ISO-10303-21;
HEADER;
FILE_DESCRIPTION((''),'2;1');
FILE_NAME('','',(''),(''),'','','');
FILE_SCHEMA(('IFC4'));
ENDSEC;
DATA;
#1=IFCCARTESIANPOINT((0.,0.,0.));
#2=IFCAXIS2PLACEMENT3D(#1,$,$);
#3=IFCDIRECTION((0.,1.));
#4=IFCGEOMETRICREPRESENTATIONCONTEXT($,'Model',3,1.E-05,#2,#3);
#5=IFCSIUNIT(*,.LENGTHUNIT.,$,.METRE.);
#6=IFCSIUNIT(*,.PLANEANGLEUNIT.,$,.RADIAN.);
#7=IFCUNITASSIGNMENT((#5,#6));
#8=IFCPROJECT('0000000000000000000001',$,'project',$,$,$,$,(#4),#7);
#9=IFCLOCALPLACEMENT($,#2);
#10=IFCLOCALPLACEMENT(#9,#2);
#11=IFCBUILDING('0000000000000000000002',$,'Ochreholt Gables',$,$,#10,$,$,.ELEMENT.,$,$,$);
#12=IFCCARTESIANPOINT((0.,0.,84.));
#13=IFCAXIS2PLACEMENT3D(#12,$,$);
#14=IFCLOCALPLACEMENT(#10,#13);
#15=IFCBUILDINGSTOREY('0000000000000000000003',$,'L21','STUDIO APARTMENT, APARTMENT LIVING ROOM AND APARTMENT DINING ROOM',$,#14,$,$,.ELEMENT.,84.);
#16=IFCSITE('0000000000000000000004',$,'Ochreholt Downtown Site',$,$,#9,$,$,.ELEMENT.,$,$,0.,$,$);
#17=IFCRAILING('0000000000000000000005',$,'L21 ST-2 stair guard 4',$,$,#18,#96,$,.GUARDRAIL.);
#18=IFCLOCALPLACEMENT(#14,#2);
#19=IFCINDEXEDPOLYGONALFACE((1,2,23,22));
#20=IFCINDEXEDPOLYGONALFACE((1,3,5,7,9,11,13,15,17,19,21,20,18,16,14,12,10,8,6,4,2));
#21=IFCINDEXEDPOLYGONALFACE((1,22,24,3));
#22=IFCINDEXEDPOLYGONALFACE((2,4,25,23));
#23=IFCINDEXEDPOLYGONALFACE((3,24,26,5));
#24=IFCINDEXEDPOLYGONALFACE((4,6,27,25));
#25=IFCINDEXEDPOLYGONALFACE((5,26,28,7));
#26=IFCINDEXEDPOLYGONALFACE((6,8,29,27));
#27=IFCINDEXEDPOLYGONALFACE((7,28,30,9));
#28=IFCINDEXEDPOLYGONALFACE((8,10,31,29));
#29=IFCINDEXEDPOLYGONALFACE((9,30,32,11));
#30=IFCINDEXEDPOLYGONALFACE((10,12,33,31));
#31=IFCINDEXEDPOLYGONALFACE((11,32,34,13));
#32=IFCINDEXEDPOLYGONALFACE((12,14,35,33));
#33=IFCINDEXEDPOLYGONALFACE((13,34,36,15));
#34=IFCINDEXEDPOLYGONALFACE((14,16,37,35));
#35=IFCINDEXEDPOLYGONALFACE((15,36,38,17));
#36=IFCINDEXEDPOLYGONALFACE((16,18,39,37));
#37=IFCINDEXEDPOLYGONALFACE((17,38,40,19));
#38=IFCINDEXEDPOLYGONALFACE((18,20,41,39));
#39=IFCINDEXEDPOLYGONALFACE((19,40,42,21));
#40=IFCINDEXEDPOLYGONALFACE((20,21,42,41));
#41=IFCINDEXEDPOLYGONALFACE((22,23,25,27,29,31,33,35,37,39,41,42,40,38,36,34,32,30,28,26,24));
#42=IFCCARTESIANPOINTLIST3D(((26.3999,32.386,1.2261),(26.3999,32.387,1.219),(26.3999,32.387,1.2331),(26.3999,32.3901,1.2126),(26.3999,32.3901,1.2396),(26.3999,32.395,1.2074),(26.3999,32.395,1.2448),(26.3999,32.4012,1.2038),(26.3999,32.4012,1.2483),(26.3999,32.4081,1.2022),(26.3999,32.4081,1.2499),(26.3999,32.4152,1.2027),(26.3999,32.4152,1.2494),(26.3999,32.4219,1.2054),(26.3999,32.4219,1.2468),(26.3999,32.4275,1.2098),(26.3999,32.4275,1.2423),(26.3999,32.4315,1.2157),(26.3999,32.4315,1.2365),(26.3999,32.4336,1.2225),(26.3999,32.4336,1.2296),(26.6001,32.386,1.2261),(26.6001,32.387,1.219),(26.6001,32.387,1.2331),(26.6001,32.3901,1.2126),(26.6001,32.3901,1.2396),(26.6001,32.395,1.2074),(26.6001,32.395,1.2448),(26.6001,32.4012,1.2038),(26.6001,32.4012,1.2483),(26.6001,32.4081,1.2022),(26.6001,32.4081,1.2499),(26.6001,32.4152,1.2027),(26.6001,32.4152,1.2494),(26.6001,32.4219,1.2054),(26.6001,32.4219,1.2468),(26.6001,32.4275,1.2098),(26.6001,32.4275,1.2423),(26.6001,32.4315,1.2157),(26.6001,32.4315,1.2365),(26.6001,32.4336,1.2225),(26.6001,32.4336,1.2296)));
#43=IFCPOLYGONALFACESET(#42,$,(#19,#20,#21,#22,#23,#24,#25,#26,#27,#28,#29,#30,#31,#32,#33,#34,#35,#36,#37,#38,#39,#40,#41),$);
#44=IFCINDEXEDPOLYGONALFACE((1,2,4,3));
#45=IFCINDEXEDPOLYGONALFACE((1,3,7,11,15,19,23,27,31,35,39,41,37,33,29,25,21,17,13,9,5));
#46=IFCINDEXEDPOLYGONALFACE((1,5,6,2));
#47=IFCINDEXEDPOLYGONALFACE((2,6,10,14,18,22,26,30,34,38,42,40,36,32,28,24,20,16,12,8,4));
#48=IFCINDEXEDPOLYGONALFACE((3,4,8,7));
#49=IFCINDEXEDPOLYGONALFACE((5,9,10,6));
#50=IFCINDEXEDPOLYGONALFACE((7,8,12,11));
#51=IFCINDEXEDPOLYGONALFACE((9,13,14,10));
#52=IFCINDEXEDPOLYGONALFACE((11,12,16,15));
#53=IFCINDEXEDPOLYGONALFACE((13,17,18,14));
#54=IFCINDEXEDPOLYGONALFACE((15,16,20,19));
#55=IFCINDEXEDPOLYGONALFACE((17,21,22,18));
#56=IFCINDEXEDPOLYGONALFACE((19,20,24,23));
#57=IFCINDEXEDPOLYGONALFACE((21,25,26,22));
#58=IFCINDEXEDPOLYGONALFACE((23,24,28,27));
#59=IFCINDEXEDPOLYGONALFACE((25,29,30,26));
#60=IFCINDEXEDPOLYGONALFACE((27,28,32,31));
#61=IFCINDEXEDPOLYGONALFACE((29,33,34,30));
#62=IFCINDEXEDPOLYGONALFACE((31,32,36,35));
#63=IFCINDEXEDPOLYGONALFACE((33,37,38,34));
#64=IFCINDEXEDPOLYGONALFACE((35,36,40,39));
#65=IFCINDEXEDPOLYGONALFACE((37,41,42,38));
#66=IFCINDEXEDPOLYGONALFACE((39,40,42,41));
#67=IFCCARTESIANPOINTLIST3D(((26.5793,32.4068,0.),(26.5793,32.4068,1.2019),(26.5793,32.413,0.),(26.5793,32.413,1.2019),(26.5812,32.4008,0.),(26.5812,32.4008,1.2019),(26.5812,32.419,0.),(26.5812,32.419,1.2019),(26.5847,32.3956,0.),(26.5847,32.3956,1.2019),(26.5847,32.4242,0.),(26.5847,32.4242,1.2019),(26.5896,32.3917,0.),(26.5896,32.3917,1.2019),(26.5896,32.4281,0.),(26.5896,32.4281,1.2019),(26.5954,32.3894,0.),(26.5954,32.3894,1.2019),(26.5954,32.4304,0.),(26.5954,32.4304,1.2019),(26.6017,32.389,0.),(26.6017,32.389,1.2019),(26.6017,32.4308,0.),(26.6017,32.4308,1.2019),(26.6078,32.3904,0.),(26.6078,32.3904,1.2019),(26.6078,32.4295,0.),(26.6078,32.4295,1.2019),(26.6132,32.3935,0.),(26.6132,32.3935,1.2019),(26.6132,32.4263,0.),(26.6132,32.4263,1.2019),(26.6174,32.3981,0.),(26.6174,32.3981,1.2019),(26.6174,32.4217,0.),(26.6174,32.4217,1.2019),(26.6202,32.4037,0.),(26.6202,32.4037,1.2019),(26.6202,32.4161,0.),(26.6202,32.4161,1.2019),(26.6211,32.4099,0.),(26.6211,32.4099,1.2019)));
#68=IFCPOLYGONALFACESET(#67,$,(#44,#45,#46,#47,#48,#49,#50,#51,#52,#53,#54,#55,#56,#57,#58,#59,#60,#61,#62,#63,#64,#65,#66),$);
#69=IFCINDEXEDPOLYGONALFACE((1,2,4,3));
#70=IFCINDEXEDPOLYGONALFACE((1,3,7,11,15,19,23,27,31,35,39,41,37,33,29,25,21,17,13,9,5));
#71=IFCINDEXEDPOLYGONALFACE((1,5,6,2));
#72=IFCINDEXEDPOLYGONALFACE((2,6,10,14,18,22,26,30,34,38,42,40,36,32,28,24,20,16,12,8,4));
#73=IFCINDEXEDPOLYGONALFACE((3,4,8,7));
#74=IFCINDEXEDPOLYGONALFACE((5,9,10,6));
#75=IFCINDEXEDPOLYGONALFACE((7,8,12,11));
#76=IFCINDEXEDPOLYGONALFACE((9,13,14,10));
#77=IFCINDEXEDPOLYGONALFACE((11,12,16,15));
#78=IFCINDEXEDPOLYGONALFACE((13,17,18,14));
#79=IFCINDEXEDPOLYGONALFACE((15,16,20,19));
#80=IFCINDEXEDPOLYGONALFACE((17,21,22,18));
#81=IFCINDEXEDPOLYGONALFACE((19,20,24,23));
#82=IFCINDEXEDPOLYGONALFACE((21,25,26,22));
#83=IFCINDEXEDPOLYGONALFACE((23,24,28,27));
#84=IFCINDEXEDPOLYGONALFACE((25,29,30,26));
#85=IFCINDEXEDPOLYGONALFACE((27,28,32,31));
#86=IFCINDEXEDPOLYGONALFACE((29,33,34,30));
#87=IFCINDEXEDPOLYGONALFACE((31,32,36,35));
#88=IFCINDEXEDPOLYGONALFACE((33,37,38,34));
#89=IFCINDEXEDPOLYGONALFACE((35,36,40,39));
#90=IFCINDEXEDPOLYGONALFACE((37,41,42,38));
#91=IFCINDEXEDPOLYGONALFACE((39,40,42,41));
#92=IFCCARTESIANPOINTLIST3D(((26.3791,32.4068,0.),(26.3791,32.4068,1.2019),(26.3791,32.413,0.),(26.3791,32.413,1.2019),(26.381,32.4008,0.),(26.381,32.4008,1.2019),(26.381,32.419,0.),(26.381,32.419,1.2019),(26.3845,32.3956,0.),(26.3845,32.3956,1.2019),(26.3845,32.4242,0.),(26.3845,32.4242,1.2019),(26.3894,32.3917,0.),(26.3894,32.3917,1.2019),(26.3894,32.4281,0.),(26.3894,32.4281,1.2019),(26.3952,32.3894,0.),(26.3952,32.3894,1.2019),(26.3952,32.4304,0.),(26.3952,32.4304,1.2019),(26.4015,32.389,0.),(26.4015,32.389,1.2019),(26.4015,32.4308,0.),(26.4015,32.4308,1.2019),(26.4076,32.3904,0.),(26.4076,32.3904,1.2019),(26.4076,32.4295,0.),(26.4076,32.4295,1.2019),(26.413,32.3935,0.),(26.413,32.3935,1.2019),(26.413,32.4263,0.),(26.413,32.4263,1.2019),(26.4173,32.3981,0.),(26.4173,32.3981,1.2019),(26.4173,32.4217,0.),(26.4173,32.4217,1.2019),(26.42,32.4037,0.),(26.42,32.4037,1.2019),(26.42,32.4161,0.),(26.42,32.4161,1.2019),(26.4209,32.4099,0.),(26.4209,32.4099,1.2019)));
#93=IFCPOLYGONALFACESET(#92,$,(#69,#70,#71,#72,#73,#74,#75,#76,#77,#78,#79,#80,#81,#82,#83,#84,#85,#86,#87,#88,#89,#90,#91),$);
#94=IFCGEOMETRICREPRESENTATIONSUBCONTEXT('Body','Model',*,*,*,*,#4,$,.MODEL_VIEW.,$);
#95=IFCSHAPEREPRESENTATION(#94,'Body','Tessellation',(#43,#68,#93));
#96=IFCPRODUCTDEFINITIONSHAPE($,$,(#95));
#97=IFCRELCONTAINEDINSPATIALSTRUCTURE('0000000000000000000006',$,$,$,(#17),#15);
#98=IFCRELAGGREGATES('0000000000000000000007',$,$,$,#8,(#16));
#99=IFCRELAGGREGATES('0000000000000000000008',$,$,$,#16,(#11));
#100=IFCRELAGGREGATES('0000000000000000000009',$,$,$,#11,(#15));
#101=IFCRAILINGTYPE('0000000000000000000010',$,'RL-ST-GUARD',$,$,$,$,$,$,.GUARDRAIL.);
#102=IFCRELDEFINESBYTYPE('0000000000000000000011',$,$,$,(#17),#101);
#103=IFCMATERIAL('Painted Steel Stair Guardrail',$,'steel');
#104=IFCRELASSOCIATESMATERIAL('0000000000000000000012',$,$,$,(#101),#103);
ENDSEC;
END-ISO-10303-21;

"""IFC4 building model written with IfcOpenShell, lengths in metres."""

from ifc_helpers import new_model, si_unit, direction, frame, origin, origin_2d, place, context, subcontext, project, spatial, circle, extrude, material, type_object, element, save


model = new_model("IFC4")

# Units and contexts
model_context = context("Model", 3, precision=1e-05, world=origin(), true_north=direction((0.0, 1.0)))
body_context = subcontext(model_context, "Body", "Model", "MODEL_VIEW")
ifc_project = project(units=[si_unit("LENGTHUNIT", "METRE"), si_unit("PLANEANGLEUNIT", "RADIAN")], contexts=[model_context])

# Site, building, storey
site_placement = place(None, origin())
site = spatial("IfcSite", under=ifc_project, at=site_placement, Name="Ochreholt Downtown Site", CompositionType="ELEMENT", RefElevation=0.0)
building_placement = place(site_placement, origin())
building = spatial("IfcBuilding", under=site, at=building_placement, Name="Ochreholt Gables", CompositionType="ELEMENT")
storey_placement = place(building_placement, frame((0.0, 0.0, 84.0)))
storey = spatial("IfcBuildingStorey", under=building, at=storey_placement, Name="L21", Description="STUDIO APARTMENT, APARTMENT LIVING ROOM AND APARTMENT DINING ROOM", CompositionType="ELEMENT", Elevation=84.0)

# Railing
ifc_material_1 = material(Name="Painted Steel Stair Guardrail", Category="steel")
railing_type_1 = type_object("IfcRailingType", Name="RL-ST-GUARD", PredefinedType="GUARDRAIL", material=ifc_material_1)
railing_1_placement = place(storey_placement, frame((26.6001, 32.4099, 0.0)))
element("IfcRailing", 1, at=railing_1_placement, inside=storey, type_object=railing_type_1, Name="L21 ST-2 stair guard 4", PredefinedType="GUARDRAIL", context=body_context, shape_type="SweptSolid", body=[
    extrude(circle(Radius=0.0239, at=origin_2d()), frame((0.0, 0.0, 1.2261), z_axis=(-1.0, 0.0, 0.0), x_axis=(0.0, -1.0, 0.0)), (0.0, 0.0, 1.0), 0.2002),
    extrude(circle(Radius=0.021, at=origin_2d()), origin(), (0.0, 0.0, 1.0), 1.2019),
    extrude(circle(Radius=0.021, at=origin_2d()), frame((-0.2002, 0.0, 0.0)), (0.0, 0.0, 1.0), 1.2019),
])

save(model, "model.ifc")
